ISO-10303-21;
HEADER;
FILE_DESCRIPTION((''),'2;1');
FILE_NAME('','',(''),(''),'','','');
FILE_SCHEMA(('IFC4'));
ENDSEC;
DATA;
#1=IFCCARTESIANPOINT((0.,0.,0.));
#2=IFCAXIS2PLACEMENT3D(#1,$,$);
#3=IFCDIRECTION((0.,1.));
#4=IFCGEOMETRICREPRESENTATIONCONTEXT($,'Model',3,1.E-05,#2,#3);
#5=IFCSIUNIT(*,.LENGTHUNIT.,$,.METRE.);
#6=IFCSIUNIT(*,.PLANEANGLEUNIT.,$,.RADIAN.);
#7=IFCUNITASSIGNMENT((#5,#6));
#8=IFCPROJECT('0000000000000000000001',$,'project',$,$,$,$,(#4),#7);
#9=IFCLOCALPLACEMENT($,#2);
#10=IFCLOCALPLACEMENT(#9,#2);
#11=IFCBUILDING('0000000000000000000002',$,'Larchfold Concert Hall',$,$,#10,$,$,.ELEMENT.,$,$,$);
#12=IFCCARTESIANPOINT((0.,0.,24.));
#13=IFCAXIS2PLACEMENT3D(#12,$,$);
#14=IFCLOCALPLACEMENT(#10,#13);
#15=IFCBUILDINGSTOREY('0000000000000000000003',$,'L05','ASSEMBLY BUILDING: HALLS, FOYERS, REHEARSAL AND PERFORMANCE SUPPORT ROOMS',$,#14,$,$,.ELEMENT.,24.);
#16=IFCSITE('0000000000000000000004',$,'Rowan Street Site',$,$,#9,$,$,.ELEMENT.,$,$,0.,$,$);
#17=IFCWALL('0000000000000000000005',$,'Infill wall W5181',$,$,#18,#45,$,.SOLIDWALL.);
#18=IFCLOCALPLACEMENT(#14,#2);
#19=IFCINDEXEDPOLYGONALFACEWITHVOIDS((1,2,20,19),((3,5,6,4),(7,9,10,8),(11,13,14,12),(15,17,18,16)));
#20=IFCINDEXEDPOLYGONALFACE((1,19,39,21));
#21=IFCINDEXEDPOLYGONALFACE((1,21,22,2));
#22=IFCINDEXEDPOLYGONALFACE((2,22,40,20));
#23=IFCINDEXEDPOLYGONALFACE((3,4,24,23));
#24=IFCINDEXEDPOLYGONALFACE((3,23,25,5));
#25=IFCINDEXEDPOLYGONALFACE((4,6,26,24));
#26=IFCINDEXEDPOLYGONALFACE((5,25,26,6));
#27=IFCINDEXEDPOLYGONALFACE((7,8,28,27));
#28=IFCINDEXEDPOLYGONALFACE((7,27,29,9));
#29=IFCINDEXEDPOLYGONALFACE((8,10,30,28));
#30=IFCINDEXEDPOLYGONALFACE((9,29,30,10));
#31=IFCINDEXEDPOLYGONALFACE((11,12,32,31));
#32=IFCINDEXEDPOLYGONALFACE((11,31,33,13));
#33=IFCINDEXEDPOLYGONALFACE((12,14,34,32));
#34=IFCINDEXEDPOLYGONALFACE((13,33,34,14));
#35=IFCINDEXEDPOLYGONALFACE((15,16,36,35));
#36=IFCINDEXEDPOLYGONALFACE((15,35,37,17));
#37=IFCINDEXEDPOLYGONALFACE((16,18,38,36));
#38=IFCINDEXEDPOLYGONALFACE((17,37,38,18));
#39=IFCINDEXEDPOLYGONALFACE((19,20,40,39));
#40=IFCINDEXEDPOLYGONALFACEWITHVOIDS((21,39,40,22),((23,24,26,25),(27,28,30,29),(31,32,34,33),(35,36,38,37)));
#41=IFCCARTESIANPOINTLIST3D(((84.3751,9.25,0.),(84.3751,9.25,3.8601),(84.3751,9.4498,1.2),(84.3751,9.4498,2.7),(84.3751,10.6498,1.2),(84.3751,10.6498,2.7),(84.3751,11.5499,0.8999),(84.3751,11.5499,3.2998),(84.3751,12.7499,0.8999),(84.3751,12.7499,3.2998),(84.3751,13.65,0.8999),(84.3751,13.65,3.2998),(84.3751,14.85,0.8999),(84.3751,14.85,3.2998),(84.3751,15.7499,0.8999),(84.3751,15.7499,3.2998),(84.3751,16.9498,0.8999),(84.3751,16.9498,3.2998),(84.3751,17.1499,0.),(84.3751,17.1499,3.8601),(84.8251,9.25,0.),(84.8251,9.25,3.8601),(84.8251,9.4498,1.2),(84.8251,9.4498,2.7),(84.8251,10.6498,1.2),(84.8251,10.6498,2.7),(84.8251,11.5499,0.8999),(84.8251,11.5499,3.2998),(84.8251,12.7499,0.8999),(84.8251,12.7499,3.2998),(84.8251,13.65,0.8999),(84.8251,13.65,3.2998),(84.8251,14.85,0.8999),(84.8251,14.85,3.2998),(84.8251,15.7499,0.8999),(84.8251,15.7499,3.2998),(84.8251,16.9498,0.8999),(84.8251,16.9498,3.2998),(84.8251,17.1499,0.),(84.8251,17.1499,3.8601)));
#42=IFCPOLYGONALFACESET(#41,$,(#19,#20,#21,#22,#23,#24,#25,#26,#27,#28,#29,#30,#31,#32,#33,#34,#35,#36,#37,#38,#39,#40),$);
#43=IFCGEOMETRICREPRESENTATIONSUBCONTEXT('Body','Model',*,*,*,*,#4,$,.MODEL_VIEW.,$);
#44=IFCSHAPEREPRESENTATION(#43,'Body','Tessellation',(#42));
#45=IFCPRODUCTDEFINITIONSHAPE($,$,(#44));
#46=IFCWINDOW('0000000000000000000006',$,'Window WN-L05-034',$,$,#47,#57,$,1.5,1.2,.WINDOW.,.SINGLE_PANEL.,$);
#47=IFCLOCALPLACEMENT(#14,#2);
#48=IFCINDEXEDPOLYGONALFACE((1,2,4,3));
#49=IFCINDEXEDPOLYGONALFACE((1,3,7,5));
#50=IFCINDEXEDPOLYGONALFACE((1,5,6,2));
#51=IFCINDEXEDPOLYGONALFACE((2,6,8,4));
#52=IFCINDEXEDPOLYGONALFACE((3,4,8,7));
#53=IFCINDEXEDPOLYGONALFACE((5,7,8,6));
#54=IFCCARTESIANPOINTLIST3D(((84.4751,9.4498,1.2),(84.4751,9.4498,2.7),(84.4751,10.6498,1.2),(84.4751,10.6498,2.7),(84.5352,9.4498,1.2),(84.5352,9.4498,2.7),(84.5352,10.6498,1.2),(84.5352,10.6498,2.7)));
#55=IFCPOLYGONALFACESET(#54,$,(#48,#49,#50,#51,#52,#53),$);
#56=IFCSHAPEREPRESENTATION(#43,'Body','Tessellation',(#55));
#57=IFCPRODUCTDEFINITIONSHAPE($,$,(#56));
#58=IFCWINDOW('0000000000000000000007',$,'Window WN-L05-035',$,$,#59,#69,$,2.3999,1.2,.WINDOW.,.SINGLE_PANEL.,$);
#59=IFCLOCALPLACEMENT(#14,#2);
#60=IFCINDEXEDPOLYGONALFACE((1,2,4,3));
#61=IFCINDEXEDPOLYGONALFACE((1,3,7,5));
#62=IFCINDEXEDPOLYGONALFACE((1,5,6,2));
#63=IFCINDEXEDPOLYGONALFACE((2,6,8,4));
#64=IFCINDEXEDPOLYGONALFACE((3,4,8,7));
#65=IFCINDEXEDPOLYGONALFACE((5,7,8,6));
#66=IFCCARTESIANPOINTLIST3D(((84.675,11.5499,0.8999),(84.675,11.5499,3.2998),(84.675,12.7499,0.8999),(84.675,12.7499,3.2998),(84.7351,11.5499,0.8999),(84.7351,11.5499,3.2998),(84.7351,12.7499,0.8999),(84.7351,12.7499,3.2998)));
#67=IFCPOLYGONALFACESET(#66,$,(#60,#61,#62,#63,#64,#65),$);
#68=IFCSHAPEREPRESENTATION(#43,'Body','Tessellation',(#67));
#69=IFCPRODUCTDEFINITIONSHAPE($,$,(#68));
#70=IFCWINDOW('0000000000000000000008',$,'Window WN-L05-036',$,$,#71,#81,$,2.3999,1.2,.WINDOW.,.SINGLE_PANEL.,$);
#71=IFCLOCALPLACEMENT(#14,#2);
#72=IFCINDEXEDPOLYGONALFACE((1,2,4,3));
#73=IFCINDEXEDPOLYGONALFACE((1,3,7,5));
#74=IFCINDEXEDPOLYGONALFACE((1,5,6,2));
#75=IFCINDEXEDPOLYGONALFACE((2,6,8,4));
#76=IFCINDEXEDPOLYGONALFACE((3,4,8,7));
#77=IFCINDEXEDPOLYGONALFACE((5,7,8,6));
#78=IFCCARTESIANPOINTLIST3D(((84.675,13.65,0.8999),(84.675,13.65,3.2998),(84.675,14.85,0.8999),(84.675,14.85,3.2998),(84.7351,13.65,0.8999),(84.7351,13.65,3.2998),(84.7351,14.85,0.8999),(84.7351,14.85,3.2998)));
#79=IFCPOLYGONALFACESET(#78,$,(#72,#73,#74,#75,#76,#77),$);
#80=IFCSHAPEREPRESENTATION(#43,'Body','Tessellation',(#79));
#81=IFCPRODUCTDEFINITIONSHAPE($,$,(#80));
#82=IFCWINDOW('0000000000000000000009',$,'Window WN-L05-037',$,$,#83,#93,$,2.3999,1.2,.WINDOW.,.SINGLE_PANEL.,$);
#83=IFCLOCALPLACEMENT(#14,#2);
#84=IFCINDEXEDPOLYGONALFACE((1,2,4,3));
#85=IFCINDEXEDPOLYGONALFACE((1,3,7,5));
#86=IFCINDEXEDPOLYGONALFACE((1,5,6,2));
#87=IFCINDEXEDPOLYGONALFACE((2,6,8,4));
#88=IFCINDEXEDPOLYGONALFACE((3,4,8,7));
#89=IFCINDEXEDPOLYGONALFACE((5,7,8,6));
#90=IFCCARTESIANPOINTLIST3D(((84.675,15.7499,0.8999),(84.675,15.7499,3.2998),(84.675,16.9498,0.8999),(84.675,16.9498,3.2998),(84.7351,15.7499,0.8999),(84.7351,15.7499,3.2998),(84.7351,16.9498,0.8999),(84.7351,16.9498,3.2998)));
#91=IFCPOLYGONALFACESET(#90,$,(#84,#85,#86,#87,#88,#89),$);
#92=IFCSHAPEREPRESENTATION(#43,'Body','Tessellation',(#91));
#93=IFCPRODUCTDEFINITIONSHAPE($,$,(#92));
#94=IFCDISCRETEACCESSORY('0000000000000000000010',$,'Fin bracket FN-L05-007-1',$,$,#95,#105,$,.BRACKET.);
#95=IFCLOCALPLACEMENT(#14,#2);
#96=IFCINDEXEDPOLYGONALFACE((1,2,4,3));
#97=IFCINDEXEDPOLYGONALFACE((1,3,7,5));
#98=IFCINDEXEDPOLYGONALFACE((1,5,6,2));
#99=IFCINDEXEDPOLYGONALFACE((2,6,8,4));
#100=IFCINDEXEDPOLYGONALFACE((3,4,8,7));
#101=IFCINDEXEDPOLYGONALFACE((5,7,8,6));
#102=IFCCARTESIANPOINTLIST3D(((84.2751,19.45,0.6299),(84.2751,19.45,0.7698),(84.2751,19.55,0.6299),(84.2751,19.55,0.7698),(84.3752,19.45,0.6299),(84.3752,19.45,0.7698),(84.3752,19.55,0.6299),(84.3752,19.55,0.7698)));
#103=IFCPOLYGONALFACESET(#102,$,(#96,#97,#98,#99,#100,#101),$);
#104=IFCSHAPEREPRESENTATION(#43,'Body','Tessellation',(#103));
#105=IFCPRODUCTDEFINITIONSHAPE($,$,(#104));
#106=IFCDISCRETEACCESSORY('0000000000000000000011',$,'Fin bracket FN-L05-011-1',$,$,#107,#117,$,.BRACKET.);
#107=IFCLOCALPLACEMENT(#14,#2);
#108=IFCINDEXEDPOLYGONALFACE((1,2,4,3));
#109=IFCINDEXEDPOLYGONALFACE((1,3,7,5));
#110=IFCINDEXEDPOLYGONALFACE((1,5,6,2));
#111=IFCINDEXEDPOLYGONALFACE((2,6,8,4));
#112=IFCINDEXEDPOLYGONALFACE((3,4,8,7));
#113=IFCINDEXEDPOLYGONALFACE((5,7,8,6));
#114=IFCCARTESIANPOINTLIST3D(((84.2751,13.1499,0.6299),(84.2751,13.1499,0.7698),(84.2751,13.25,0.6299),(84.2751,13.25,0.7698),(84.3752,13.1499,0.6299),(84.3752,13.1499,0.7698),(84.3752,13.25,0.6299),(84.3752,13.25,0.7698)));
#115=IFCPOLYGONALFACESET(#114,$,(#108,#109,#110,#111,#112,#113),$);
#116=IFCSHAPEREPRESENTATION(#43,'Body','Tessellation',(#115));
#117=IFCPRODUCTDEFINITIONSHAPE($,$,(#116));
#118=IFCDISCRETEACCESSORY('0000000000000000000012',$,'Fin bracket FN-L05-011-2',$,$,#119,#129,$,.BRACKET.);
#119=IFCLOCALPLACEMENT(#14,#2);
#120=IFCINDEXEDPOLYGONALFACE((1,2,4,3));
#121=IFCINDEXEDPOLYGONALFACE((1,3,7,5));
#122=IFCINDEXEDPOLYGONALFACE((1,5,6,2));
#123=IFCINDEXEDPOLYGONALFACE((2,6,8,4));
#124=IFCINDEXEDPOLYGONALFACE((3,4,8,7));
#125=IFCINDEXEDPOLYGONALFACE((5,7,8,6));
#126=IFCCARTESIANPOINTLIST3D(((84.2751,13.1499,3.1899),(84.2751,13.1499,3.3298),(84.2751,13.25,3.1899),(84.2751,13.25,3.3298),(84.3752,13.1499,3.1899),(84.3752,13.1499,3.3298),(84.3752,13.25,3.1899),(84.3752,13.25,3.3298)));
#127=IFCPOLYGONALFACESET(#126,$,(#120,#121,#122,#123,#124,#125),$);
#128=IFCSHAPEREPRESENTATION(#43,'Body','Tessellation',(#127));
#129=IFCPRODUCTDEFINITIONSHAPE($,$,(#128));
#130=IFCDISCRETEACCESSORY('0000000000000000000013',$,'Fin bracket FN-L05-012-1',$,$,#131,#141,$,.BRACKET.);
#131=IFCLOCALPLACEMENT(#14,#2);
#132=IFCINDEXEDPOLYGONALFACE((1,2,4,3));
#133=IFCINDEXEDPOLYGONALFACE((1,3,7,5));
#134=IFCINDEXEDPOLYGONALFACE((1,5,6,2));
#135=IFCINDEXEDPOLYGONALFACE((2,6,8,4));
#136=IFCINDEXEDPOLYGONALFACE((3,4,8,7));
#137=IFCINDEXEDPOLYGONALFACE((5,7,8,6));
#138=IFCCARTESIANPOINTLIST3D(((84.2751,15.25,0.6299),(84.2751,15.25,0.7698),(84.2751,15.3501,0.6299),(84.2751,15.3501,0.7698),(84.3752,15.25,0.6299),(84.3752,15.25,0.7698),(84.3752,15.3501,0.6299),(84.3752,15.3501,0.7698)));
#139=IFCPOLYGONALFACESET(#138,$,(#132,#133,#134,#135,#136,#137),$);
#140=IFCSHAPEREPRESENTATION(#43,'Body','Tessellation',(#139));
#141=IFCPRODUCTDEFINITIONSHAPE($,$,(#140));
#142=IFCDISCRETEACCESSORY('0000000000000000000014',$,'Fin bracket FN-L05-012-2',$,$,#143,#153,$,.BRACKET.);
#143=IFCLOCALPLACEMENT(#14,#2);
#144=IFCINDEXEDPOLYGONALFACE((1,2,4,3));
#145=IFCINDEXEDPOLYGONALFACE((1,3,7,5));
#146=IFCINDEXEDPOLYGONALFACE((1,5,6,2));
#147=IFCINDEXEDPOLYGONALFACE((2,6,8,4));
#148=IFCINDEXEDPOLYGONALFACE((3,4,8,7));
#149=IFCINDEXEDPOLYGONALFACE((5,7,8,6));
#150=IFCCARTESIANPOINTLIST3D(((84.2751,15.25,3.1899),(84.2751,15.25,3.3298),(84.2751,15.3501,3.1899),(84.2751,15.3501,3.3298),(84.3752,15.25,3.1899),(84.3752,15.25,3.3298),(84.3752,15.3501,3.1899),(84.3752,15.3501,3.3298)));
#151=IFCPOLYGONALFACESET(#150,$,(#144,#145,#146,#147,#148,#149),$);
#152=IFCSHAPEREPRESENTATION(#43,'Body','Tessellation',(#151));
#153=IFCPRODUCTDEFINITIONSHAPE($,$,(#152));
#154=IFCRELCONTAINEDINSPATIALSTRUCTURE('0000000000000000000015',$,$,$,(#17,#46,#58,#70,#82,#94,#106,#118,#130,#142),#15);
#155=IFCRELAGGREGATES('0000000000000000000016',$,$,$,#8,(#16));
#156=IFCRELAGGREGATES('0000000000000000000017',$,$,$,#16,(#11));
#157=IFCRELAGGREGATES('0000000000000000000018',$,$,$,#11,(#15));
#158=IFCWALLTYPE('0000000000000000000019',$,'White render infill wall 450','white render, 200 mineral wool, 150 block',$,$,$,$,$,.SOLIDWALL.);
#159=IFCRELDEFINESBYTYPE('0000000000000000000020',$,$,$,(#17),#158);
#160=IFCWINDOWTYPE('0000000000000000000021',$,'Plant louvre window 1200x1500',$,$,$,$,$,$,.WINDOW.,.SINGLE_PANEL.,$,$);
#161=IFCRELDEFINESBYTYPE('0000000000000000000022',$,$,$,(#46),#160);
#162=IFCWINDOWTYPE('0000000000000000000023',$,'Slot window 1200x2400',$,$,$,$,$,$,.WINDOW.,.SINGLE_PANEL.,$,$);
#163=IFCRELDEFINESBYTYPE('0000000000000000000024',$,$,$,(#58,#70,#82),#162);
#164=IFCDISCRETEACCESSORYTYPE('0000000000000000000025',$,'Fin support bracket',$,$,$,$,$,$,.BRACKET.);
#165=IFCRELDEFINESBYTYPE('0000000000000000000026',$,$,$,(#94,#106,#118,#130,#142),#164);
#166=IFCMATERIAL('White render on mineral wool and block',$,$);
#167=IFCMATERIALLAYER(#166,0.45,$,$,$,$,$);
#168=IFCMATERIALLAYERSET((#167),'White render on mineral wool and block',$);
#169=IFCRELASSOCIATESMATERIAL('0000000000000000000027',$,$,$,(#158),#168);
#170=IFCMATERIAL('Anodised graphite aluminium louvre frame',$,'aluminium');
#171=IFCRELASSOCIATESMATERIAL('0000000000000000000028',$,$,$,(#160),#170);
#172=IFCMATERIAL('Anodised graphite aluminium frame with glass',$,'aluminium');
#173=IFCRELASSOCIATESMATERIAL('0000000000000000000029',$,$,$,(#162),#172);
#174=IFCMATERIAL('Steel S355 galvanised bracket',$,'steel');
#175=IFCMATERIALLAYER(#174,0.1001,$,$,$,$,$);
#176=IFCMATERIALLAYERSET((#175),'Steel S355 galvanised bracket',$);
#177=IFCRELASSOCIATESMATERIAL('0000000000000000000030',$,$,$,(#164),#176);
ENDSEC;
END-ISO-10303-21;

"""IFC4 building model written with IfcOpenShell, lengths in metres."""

from ifc_helpers import new_model, si_unit, direction, frame, frame_2d, origin, origin_2d, place, context, subcontext, project, spatial, rectangle, extrude, material, layer, layer_set, type_object, element, fill, save


model = new_model("IFC4")

# Units and contexts
model_context = context("Model", 3, precision=1e-05, world=origin(), true_north=direction((0.0, 1.0)))
body_context = subcontext(model_context, "Body", "Model", "MODEL_VIEW")
ifc_project = project(units=[si_unit("LENGTHUNIT", "METRE"), si_unit("PLANEANGLEUNIT", "RADIAN")], contexts=[model_context])

# Site, building, storey
site_placement = place(None, origin())
site = spatial("IfcSite", under=ifc_project, at=site_placement, Name="Rowan Street Site", CompositionType="ELEMENT", RefElevation=0.0)
building_placement = place(site_placement, origin())
building = spatial("IfcBuilding", under=site, at=building_placement, Name="Larchfold Concert Hall", CompositionType="ELEMENT")
storey_placement = place(building_placement, frame((0.0, 0.0, 24.0)))
storey = spatial("IfcBuildingStorey", under=building, at=storey_placement, Name="L05", Description="ASSEMBLY BUILDING: HALLS, FOYERS, REHEARSAL AND PERFORMANCE SUPPORT ROOMS", CompositionType="ELEMENT", Elevation=24.0)

# Wall, openings, windows
ifc_material_1 = material(Name="White render on mineral wool and block")
ifc_layer_1 = layer(ifc_material_1, 0.45)
ifc_layer_set_1 = layer_set([ifc_layer_1], Name="White render on mineral wool and block")
wall_type_1 = type_object("IfcWallType", Name="White render infill wall 450", Description="white render, 200 mineral wool, 150 block", PredefinedType="SOLIDWALL", material=ifc_layer_set_1)
wall_1_placement = place(storey_placement, frame((84.6001, 17.1499, 0.0), z_axis=(0.0, 0.0, 1.0), x_axis=(0.0, -1.0, 0.0)))
wall_1 = element("IfcWall", 1, at=wall_1_placement, inside=storey, type_object=wall_type_1, Name="Infill wall W5181", PredefinedType="SOLIDWALL", context=body_context, shape_type="SweptSolid", body=[
    extrude(rectangle(XDim=7.8999, YDim=0.45, at=frame_2d((3.95, 0.0))), origin(), (0.0, 0.0, 1.0), 3.8601),
])
opening_1_placement = place(wall_1_placement, frame((6.5, 0.0, 1.2)))
opening_1 = element("IfcOpeningElement", 2, at=opening_1_placement, cuts=wall_1, PredefinedType="OPENING", context=body_context, shape_type="SweptSolid", body=[
    extrude(rectangle(XDim=1.2, YDim=1.5, at=frame_2d((0.6001, 0.75))), frame((0.0, 0.2349, 0.0), z_axis=(0.0, -1.0, 0.0), x_axis=(1.0, 0.0, 0.0)), (0.0, 0.0, 1.0), 0.47),
])
opening_2_placement = place(wall_1_placement, frame((4.3999, 0.0, 0.8999)))
opening_2 = element("IfcOpeningElement", 3, at=opening_2_placement, cuts=wall_1, PredefinedType="OPENING", context=body_context, shape_type="SweptSolid", body=[
    extrude(rectangle(XDim=1.2, YDim=2.3999, at=frame_2d((0.6001, 1.2))), frame((0.0, 0.2349, 0.0), z_axis=(0.0, -1.0, 0.0), x_axis=(1.0, 0.0, 0.0)), (0.0, 0.0, 1.0), 0.47),
])
opening_3_placement = place(wall_1_placement, frame((2.2998, 0.0, 0.8999)))
opening_3 = element("IfcOpeningElement", 4, at=opening_3_placement, cuts=wall_1, PredefinedType="OPENING", context=body_context, shape_type="SweptSolid", body=[
    extrude(rectangle(XDim=1.2, YDim=2.3999, at=frame_2d((0.6001, 1.2))), frame((0.0, 0.2349, 0.0), z_axis=(0.0, -1.0, 0.0), x_axis=(1.0, 0.0, 0.0)), (0.0, 0.0, 1.0), 0.47),
])
opening_4_placement = place(wall_1_placement, frame((0.2, 0.0, 0.8999)))
opening_4 = element("IfcOpeningElement", 5, at=opening_4_placement, cuts=wall_1, PredefinedType="OPENING", context=body_context, shape_type="SweptSolid", body=[
    extrude(rectangle(XDim=1.2, YDim=2.3999, at=frame_2d((0.6001, 1.2))), frame((0.0, 0.2349, 0.0), z_axis=(0.0, -1.0, 0.0), x_axis=(1.0, 0.0, 0.0)), (0.0, 0.0, 1.0), 0.47),
])
ifc_material_2 = material(Name="Anodised graphite aluminium louvre frame", Category="aluminium")
window_type_1 = type_object("IfcWindowType", Name="Plant louvre window 1200x1500", PartitioningType="SINGLE_PANEL", PredefinedType="WINDOW", material=ifc_material_2)
window_1_placement = place(opening_1_placement, origin())
window_1 = element("IfcWindow", 6, at=window_1_placement, inside=storey, type_object=window_type_1, Name="Window WN-L05-034", OverallHeight=1.5, OverallWidth=1.2, PartitioningType="SINGLE_PANEL", PredefinedType="WINDOW", context=body_context, shape_type="SweptSolid", body=[
    extrude(rectangle(XDim=1.2, YDim=1.5, at=frame_2d((0.6001, 0.75))), frame((0.0, -0.0649, 0.0), z_axis=(0.0, -1.0, 0.0), x_axis=(1.0, 0.0, 0.0)), (0.0, 0.0, 1.0), 0.0601),
])
fill(opening_1, window_1)
ifc_material_3 = material(Name="Anodised graphite aluminium frame with glass", Category="aluminium")
window_type_2 = type_object("IfcWindowType", Name="Slot window 1200x2400", PartitioningType="SINGLE_PANEL", PredefinedType="WINDOW", material=ifc_material_3)
window_2_placement = place(opening_2_placement, origin())
window_2 = element("IfcWindow", 7, at=window_2_placement, inside=storey, type_object=window_type_2, Name="Window WN-L05-035", OverallHeight=2.3999, OverallWidth=1.2, PartitioningType="SINGLE_PANEL", PredefinedType="WINDOW", context=body_context, shape_type="SweptSolid", body=[
    extrude(rectangle(XDim=1.2, YDim=2.3999, at=frame_2d((0.6001, 1.2))), frame((0.0, 0.135, 0.0), z_axis=(0.0, -1.0, 0.0), x_axis=(1.0, 0.0, 0.0)), (0.0, 0.0, 1.0), 0.0601),
])
fill(opening_2, window_2)
window_3_placement = place(opening_3_placement, origin())
window_3 = element("IfcWindow", 8, at=window_3_placement, inside=storey, type_object=window_type_2, Name="Window WN-L05-036", OverallHeight=2.3999, OverallWidth=1.2, PartitioningType="SINGLE_PANEL", PredefinedType="WINDOW", context=body_context, shape_type="SweptSolid", body=[
    extrude(rectangle(XDim=1.2, YDim=2.3999, at=frame_2d((0.6001, 1.2))), frame((0.0, 0.135, 0.0), z_axis=(0.0, -1.0, 0.0), x_axis=(1.0, 0.0, 0.0)), (0.0, 0.0, 1.0), 0.0601),
])
fill(opening_3, window_3)
window_4_placement = place(opening_4_placement, origin())
window_4 = element("IfcWindow", 9, at=window_4_placement, inside=storey, type_object=window_type_2, Name="Window WN-L05-037", OverallHeight=2.3999, OverallWidth=1.2, PartitioningType="SINGLE_PANEL", PredefinedType="WINDOW", context=body_context, shape_type="SweptSolid", body=[
    extrude(rectangle(XDim=1.2, YDim=2.3999, at=frame_2d((0.6001, 1.2))), frame((0.0, 0.135, 0.0), z_axis=(0.0, -1.0, 0.0), x_axis=(1.0, 0.0, 0.0)), (0.0, 0.0, 1.0), 0.0601),
])
fill(opening_4, window_4)

# Discrete accessories
ifc_material_4 = material(Name="Steel S355 galvanised bracket", Category="steel")
ifc_layer_2 = layer(ifc_material_4, 0.1001)
ifc_layer_set_2 = layer_set([ifc_layer_2], Name="Steel S355 galvanised bracket")
discrete_accessory_type = type_object("IfcDiscreteAccessoryType", Name="Fin support bracket", PredefinedType="BRACKET", material=ifc_layer_set_2)
for number, where, z_axis, x_axis, name in (
    (10, (84.3252, 19.5, 0.6299), (0.0, 0.0, 1.0), (-1.0, 0.0, 0.0), "Fin bracket FN-L05-007-1"),
    (11, (84.3252, 13.2, 0.6299), (0.0, 0.0, 1.0), (-1.0, 0.0, 0.0), "Fin bracket FN-L05-011-1"),
    (12, (84.3252, 13.2, 3.1899), (0.0, 0.0, 1.0), (-1.0, 0.0, 0.0), "Fin bracket FN-L05-011-2"),
    (13, (84.3252, 15.3, 0.6299), (0.0, 0.0, 1.0), (-1.0, 0.0, 0.0), "Fin bracket FN-L05-012-1"),
    (14, (84.3252, 15.3, 3.1899), (0.0, 0.0, 1.0), (-1.0, 0.0, 0.0), "Fin bracket FN-L05-012-2"),
):
    element("IfcDiscreteAccessory", number, at=place(storey_placement, frame(where, z_axis=z_axis, x_axis=x_axis)), inside=storey, type_object=discrete_accessory_type, Name=name, PredefinedType="BRACKET", context=body_context, shape_type="SweptSolid", body=[
        extrude(rectangle(XDim=0.1001, YDim=0.1001, at=origin_2d()), origin(), (0.0, 0.0, 1.0), 0.1399),
    ])

save(model, "model.ifc")
